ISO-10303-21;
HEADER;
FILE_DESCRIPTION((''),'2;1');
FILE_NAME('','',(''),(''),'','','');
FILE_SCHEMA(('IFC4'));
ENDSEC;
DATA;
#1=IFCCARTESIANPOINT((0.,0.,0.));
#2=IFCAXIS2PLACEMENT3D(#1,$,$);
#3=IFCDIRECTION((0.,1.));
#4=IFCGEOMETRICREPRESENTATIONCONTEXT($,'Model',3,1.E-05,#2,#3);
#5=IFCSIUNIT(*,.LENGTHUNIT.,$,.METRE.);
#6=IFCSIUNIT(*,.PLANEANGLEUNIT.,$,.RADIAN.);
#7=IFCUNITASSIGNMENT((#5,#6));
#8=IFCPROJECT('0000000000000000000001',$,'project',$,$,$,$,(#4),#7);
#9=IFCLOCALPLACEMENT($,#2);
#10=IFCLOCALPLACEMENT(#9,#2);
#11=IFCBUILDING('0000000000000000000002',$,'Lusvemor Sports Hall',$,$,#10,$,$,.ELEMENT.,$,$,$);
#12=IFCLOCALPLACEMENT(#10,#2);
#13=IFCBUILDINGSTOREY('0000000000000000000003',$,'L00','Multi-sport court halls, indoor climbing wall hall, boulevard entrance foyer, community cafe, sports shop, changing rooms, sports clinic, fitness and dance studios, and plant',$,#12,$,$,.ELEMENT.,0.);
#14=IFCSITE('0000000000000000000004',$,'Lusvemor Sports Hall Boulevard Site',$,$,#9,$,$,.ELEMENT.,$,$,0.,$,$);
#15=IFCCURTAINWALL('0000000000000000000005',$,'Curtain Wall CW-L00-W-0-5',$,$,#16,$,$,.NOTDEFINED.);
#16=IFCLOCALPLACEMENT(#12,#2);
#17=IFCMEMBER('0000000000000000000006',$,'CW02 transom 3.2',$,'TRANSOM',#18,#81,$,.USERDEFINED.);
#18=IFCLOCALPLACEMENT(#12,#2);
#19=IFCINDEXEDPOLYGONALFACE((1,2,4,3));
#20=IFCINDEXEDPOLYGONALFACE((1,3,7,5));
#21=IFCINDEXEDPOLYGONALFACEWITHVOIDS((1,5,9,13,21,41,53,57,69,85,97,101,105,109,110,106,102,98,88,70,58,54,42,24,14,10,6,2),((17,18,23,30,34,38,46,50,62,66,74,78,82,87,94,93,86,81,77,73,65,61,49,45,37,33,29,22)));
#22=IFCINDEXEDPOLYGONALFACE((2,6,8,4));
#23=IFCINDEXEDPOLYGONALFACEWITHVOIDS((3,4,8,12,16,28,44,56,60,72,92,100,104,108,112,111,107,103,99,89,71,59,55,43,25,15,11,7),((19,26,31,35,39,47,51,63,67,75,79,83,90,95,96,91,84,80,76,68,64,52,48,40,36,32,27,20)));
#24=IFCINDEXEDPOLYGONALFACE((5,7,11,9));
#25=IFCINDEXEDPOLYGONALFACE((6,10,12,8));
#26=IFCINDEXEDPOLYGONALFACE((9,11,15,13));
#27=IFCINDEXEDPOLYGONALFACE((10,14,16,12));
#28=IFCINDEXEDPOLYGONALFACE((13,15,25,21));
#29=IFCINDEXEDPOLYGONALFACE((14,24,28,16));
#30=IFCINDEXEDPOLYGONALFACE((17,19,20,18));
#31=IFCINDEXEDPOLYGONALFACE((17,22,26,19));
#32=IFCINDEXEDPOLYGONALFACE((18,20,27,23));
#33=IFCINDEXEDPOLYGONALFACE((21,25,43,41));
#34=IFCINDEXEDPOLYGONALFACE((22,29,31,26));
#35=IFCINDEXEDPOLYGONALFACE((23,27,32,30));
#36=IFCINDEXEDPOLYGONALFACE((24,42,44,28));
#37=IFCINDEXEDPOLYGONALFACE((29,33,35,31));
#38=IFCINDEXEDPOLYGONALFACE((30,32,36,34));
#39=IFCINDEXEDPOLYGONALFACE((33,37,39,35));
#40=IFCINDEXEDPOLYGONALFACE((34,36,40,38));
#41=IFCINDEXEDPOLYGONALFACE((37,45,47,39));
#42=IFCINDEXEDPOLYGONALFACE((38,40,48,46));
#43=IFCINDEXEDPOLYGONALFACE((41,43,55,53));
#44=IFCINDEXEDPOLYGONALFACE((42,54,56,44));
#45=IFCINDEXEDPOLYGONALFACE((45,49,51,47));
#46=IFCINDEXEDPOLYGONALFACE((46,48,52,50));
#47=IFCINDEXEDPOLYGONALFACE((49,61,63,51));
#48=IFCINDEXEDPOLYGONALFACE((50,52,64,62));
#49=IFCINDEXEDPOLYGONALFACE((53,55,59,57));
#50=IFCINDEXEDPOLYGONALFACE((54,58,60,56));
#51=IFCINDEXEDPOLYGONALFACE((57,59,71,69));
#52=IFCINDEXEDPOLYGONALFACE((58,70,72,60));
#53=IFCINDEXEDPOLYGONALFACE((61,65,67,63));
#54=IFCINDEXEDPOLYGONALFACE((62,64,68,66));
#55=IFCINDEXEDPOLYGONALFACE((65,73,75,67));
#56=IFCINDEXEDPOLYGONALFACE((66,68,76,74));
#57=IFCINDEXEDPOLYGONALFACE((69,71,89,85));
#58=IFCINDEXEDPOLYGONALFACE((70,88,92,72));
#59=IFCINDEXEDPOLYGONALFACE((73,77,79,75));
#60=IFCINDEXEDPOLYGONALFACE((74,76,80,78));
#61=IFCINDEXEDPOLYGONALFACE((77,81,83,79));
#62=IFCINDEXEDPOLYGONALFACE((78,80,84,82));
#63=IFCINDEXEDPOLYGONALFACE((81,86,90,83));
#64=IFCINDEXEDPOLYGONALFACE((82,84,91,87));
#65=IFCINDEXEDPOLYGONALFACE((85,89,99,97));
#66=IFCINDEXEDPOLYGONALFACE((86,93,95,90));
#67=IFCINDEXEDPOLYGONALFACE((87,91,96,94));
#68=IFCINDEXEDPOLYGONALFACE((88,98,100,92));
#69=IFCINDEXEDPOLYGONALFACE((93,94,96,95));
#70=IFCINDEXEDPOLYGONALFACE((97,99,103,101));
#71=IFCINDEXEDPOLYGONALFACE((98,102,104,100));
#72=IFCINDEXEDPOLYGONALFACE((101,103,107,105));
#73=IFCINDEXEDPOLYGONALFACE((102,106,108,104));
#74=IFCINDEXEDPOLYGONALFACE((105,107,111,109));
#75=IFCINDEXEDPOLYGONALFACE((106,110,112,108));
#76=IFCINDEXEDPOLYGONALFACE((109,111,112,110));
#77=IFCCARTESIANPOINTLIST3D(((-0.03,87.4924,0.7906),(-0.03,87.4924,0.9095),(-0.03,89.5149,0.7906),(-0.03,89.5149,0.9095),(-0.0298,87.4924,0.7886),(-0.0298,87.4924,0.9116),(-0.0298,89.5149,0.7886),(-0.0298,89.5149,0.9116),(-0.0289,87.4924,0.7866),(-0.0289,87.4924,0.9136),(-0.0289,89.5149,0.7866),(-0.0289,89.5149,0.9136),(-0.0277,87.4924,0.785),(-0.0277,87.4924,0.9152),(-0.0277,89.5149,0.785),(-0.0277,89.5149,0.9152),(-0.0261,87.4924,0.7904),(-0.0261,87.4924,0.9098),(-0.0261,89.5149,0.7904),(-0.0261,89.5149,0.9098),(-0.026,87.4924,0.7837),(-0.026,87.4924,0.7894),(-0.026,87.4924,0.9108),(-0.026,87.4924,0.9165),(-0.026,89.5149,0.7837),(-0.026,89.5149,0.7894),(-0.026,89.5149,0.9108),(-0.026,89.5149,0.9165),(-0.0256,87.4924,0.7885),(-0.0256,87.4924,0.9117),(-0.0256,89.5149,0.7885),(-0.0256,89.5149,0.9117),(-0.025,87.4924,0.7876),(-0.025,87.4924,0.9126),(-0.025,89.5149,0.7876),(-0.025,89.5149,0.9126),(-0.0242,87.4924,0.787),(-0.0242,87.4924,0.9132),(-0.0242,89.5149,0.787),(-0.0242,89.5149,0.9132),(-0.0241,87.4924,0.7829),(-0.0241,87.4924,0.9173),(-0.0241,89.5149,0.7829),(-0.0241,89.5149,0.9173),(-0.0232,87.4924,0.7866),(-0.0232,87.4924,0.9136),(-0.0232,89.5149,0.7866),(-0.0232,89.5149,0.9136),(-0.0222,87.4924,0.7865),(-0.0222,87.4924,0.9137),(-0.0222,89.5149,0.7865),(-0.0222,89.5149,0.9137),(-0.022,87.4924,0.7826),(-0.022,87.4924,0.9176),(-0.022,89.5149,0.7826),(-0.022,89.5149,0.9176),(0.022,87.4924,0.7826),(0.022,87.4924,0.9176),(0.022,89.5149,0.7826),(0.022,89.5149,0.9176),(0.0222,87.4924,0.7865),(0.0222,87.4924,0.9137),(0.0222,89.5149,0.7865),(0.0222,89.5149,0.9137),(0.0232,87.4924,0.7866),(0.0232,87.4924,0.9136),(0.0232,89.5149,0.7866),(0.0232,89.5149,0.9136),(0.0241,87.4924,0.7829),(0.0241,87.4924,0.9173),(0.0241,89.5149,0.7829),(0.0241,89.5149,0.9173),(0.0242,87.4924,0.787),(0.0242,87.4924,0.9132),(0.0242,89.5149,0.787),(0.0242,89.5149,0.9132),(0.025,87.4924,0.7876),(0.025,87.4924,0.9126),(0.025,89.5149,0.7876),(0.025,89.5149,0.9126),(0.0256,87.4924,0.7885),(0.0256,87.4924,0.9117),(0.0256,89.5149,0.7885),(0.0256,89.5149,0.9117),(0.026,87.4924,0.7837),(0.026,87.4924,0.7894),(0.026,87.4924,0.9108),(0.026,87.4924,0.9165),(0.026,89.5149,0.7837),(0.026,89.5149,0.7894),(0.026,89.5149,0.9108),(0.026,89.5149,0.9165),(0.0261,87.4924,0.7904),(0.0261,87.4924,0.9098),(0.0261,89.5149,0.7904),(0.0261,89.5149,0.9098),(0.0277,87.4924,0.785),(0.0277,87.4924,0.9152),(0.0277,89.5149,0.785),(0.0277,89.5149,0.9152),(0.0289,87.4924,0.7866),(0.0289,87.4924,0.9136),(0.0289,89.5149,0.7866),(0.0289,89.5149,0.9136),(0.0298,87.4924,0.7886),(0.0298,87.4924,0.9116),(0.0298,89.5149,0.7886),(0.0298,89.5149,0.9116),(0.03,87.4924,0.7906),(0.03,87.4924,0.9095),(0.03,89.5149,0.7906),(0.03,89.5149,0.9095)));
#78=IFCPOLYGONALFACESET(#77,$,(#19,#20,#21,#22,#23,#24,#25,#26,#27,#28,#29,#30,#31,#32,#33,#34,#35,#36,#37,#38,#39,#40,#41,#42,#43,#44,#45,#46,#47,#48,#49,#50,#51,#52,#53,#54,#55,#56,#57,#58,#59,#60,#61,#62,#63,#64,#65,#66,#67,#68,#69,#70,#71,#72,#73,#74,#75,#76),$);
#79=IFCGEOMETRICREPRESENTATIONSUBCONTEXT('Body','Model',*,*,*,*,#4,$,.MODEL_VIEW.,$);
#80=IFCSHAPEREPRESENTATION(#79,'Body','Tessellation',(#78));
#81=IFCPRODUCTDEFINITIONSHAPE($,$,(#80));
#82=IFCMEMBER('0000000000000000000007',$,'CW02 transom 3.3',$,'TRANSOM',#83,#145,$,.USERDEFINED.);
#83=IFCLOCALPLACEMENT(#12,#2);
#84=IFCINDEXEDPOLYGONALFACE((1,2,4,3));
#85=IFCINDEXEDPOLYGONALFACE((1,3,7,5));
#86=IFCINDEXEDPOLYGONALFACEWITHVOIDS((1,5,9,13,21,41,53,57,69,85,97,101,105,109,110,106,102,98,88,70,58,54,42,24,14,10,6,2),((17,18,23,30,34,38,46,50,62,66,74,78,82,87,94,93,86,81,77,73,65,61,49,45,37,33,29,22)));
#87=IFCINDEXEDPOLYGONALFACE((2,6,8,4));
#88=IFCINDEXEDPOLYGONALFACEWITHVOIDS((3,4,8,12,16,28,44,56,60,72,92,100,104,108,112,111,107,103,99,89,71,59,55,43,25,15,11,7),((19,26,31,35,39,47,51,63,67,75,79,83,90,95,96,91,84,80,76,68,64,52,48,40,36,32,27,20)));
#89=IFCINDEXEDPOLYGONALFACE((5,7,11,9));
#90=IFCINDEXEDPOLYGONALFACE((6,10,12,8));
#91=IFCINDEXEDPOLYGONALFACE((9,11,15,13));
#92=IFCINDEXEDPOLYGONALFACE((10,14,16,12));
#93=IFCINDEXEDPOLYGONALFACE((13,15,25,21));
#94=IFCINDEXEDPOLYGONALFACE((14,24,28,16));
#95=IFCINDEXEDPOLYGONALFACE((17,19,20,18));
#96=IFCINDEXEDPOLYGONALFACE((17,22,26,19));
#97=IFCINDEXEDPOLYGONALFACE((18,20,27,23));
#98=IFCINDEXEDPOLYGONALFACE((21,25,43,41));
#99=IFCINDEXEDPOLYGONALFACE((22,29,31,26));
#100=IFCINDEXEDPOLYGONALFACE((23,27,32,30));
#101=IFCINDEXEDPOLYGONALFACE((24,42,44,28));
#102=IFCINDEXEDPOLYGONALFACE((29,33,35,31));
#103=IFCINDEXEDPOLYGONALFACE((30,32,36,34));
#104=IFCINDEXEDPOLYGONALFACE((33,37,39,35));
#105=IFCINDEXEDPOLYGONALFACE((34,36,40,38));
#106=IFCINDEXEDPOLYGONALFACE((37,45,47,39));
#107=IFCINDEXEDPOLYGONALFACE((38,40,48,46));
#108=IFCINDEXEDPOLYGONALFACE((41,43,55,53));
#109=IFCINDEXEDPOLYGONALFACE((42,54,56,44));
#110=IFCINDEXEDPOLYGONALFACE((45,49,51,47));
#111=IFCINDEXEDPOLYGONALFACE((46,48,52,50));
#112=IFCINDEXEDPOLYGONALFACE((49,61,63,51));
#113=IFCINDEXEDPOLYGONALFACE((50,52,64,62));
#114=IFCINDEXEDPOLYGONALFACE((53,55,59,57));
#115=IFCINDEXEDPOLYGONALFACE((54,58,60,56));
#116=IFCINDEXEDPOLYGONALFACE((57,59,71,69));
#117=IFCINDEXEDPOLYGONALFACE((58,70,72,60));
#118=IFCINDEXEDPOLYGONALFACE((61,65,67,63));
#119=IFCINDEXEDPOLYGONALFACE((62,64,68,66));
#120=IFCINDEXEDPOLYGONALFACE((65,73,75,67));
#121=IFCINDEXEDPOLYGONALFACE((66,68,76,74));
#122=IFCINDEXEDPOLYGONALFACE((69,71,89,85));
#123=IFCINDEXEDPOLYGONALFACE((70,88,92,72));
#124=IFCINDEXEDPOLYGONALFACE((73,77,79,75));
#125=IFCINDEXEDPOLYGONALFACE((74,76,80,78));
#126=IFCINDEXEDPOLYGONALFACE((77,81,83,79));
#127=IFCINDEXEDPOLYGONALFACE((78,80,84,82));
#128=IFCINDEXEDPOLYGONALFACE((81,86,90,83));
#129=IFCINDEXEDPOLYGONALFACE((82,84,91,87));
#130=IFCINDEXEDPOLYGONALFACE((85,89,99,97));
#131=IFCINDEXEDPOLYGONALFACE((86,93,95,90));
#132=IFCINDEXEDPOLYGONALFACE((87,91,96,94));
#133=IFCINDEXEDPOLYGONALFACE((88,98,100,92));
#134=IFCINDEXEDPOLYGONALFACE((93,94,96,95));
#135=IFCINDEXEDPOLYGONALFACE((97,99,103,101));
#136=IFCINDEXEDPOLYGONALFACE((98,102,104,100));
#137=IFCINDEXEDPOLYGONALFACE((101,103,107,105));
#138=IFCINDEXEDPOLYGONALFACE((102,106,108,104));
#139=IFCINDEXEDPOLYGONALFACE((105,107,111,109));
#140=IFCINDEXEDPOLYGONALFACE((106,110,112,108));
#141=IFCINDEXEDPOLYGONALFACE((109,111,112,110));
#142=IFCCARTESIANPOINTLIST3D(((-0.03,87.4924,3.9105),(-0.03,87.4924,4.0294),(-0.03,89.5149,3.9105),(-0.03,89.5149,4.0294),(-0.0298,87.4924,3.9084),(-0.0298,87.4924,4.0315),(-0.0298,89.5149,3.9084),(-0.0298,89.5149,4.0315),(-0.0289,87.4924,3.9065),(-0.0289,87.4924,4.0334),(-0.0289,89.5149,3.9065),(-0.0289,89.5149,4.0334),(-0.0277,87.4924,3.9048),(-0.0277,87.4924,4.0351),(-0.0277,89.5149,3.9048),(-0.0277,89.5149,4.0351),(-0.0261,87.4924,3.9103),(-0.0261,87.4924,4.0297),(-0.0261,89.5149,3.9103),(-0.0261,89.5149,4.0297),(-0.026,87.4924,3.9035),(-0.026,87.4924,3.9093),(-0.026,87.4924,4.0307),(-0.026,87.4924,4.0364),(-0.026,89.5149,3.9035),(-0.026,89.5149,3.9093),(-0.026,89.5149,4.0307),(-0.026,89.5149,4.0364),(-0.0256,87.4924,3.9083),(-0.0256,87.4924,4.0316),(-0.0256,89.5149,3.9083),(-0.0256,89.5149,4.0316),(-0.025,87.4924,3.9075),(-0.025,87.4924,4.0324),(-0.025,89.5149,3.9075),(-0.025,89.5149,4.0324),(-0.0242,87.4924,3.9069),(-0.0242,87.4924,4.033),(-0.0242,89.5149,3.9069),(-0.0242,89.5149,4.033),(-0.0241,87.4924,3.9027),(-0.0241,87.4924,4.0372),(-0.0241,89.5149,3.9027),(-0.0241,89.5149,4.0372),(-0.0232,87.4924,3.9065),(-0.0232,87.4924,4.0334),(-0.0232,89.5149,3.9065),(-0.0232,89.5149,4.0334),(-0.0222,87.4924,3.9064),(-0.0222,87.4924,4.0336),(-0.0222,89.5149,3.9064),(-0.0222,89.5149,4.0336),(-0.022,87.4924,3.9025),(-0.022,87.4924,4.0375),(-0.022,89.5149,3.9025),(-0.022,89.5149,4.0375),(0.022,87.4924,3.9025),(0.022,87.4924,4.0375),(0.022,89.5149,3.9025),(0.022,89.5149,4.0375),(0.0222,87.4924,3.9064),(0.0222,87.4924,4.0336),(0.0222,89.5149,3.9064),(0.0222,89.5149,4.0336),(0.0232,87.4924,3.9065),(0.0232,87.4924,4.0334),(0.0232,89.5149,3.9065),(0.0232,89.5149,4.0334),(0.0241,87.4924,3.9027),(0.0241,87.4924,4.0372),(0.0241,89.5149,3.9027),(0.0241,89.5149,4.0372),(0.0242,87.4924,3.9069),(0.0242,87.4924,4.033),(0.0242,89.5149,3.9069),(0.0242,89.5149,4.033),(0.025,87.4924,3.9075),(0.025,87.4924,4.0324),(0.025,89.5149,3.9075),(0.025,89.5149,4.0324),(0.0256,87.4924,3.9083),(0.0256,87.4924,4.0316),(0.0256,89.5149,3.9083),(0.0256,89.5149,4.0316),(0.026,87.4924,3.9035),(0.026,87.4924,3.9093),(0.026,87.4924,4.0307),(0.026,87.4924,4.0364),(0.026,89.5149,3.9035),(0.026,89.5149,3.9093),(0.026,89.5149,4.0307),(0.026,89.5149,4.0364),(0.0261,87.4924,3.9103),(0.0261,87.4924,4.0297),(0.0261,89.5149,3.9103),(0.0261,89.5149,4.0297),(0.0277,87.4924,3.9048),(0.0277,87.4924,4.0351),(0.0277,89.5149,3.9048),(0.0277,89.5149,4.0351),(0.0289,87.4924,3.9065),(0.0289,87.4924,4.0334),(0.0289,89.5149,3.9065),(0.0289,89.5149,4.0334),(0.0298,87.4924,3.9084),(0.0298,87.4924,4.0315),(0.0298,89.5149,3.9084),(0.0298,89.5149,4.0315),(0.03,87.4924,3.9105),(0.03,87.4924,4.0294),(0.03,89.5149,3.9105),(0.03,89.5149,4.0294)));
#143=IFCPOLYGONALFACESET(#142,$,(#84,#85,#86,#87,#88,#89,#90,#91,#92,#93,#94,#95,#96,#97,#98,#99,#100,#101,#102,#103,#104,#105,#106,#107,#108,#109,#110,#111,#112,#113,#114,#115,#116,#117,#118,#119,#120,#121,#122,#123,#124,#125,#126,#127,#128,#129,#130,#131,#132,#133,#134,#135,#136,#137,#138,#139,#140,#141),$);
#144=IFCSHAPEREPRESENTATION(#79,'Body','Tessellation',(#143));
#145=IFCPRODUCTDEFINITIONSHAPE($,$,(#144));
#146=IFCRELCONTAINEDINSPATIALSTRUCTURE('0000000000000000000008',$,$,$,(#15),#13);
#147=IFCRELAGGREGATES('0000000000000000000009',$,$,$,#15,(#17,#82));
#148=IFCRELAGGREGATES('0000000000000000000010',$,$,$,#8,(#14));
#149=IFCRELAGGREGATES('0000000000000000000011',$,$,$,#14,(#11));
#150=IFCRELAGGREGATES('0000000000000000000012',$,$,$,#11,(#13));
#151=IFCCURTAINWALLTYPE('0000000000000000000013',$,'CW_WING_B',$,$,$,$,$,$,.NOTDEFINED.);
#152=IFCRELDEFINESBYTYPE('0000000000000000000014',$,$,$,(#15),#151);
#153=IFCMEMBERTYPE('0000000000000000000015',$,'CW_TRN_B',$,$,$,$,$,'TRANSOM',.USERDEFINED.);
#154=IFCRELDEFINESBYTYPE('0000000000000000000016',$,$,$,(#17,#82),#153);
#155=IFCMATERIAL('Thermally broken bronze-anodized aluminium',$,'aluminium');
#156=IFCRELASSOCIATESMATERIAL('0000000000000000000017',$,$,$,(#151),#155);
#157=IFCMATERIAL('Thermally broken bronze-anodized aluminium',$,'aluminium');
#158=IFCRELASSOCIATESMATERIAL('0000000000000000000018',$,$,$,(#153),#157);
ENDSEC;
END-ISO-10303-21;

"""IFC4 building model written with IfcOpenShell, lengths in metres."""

from ifc_helpers import new_model, si_unit, direction, frame, origin, origin_2d, place, context, subcontext, project, spatial, hollow_rectangle, extrude, material, material_profile, profile_set, type_object, element, aggregate, save


model = new_model("IFC4")

# Units and contexts
model_context = context("Model", 3, precision=1e-05, world=origin(), true_north=direction((0.0, 1.0)))
body_context = subcontext(model_context, "Body", "Model", "MODEL_VIEW")
ifc_project = project(units=[si_unit("LENGTHUNIT", "METRE"), si_unit("PLANEANGLEUNIT", "RADIAN")], contexts=[model_context])

# Site, building, storey
site_placement = place(None, origin())
site = spatial("IfcSite", under=ifc_project, at=site_placement, Name="Lusvemor Sports Hall Boulevard Site", CompositionType="ELEMENT", RefElevation=0.0)
building_placement = place(site_placement, origin())
building = spatial("IfcBuilding", under=site, at=building_placement, Name="Lusvemor Sports Hall", CompositionType="ELEMENT")
storey_placement = place(building_placement, origin())
storey = spatial("IfcBuildingStorey", under=building, at=storey_placement, Name="L00", Description="Multi-sport court halls, indoor climbing wall hall, boulevard entrance foyer, community cafe, sports shop, changing rooms, sports clinic, fitness and dance studios, and plant", CompositionType="ELEMENT", Elevation=0.0)

# Curtain wall, members
ifc_material_1 = material(Name="Thermally broken bronze-anodized aluminium", Category="aluminium")
curtain_wall_type = type_object("IfcCurtainWallType", Name="CW_WING_B", PredefinedType="NOTDEFINED", material=ifc_material_1)
curtain_wall_placement = place(storey_placement, origin())
curtain_wall = element("IfcCurtainWall", 1, at=curtain_wall_placement, inside=storey, type_object=curtain_wall_type, Name="Curtain Wall CW-L00-W-0-5", PredefinedType="NOTDEFINED")
ifc_material_2 = material(Name="Thermally broken bronze-anodized aluminium", Category="aluminium")
ifc_material_profile_1 = material_profile(ifc_material_2, hollow_rectangle(XDim=0.0601, YDim=0.135, WallThickness=0.0039, InnerFilletRadius=0.0039, OuterFilletRadius=0.0081, at=origin_2d()), Name="CWTRN135x60x4")
ifc_profile_set_1 = profile_set([ifc_material_profile_1], Name="Thermally broken bronze-anodized aluminium")
member_type_1 = type_object("IfcMemberType", Name="CW_TRN_B", ElementType="TRANSOM", PredefinedType="USERDEFINED", material=ifc_profile_set_1)
member_1_placement = place(storey_placement, frame((0.0, 87.4924, 0.8501), z_axis=(0.0, 1.0, 0.0), x_axis=(-1.0, 0.0, 0.0)))
member_1 = element("IfcMember", 2, at=member_1_placement, type_object=member_type_1, Name="CW02 transom 3.2", ObjectType="TRANSOM", PredefinedType="USERDEFINED", context=body_context, shape_type="SweptSolid", body=[
    extrude(hollow_rectangle(XDim=0.0601, YDim=0.135, WallThickness=0.0039, InnerFilletRadius=0.0039, OuterFilletRadius=0.0081, at=origin_2d()), origin(), (0.0, 0.0, 1.0), 2.0225),
])
member_2_placement = place(storey_placement, frame((0.0, 87.4924, 3.97), z_axis=(0.0, 1.0, 0.0), x_axis=(-1.0, 0.0, 0.0)))
member_2 = element("IfcMember", 3, at=member_2_placement, type_object=member_type_1, Name="CW02 transom 3.3", ObjectType="TRANSOM", PredefinedType="USERDEFINED", context=body_context, shape_type="SweptSolid", body=[
    extrude(hollow_rectangle(XDim=0.0601, YDim=0.135, WallThickness=0.0039, InnerFilletRadius=0.0039, OuterFilletRadius=0.0081, at=origin_2d()), origin(), (0.0, 0.0, 1.0), 2.0225),
])
aggregate(curtain_wall, [member_1, member_2])

save(model, "model.ifc")
